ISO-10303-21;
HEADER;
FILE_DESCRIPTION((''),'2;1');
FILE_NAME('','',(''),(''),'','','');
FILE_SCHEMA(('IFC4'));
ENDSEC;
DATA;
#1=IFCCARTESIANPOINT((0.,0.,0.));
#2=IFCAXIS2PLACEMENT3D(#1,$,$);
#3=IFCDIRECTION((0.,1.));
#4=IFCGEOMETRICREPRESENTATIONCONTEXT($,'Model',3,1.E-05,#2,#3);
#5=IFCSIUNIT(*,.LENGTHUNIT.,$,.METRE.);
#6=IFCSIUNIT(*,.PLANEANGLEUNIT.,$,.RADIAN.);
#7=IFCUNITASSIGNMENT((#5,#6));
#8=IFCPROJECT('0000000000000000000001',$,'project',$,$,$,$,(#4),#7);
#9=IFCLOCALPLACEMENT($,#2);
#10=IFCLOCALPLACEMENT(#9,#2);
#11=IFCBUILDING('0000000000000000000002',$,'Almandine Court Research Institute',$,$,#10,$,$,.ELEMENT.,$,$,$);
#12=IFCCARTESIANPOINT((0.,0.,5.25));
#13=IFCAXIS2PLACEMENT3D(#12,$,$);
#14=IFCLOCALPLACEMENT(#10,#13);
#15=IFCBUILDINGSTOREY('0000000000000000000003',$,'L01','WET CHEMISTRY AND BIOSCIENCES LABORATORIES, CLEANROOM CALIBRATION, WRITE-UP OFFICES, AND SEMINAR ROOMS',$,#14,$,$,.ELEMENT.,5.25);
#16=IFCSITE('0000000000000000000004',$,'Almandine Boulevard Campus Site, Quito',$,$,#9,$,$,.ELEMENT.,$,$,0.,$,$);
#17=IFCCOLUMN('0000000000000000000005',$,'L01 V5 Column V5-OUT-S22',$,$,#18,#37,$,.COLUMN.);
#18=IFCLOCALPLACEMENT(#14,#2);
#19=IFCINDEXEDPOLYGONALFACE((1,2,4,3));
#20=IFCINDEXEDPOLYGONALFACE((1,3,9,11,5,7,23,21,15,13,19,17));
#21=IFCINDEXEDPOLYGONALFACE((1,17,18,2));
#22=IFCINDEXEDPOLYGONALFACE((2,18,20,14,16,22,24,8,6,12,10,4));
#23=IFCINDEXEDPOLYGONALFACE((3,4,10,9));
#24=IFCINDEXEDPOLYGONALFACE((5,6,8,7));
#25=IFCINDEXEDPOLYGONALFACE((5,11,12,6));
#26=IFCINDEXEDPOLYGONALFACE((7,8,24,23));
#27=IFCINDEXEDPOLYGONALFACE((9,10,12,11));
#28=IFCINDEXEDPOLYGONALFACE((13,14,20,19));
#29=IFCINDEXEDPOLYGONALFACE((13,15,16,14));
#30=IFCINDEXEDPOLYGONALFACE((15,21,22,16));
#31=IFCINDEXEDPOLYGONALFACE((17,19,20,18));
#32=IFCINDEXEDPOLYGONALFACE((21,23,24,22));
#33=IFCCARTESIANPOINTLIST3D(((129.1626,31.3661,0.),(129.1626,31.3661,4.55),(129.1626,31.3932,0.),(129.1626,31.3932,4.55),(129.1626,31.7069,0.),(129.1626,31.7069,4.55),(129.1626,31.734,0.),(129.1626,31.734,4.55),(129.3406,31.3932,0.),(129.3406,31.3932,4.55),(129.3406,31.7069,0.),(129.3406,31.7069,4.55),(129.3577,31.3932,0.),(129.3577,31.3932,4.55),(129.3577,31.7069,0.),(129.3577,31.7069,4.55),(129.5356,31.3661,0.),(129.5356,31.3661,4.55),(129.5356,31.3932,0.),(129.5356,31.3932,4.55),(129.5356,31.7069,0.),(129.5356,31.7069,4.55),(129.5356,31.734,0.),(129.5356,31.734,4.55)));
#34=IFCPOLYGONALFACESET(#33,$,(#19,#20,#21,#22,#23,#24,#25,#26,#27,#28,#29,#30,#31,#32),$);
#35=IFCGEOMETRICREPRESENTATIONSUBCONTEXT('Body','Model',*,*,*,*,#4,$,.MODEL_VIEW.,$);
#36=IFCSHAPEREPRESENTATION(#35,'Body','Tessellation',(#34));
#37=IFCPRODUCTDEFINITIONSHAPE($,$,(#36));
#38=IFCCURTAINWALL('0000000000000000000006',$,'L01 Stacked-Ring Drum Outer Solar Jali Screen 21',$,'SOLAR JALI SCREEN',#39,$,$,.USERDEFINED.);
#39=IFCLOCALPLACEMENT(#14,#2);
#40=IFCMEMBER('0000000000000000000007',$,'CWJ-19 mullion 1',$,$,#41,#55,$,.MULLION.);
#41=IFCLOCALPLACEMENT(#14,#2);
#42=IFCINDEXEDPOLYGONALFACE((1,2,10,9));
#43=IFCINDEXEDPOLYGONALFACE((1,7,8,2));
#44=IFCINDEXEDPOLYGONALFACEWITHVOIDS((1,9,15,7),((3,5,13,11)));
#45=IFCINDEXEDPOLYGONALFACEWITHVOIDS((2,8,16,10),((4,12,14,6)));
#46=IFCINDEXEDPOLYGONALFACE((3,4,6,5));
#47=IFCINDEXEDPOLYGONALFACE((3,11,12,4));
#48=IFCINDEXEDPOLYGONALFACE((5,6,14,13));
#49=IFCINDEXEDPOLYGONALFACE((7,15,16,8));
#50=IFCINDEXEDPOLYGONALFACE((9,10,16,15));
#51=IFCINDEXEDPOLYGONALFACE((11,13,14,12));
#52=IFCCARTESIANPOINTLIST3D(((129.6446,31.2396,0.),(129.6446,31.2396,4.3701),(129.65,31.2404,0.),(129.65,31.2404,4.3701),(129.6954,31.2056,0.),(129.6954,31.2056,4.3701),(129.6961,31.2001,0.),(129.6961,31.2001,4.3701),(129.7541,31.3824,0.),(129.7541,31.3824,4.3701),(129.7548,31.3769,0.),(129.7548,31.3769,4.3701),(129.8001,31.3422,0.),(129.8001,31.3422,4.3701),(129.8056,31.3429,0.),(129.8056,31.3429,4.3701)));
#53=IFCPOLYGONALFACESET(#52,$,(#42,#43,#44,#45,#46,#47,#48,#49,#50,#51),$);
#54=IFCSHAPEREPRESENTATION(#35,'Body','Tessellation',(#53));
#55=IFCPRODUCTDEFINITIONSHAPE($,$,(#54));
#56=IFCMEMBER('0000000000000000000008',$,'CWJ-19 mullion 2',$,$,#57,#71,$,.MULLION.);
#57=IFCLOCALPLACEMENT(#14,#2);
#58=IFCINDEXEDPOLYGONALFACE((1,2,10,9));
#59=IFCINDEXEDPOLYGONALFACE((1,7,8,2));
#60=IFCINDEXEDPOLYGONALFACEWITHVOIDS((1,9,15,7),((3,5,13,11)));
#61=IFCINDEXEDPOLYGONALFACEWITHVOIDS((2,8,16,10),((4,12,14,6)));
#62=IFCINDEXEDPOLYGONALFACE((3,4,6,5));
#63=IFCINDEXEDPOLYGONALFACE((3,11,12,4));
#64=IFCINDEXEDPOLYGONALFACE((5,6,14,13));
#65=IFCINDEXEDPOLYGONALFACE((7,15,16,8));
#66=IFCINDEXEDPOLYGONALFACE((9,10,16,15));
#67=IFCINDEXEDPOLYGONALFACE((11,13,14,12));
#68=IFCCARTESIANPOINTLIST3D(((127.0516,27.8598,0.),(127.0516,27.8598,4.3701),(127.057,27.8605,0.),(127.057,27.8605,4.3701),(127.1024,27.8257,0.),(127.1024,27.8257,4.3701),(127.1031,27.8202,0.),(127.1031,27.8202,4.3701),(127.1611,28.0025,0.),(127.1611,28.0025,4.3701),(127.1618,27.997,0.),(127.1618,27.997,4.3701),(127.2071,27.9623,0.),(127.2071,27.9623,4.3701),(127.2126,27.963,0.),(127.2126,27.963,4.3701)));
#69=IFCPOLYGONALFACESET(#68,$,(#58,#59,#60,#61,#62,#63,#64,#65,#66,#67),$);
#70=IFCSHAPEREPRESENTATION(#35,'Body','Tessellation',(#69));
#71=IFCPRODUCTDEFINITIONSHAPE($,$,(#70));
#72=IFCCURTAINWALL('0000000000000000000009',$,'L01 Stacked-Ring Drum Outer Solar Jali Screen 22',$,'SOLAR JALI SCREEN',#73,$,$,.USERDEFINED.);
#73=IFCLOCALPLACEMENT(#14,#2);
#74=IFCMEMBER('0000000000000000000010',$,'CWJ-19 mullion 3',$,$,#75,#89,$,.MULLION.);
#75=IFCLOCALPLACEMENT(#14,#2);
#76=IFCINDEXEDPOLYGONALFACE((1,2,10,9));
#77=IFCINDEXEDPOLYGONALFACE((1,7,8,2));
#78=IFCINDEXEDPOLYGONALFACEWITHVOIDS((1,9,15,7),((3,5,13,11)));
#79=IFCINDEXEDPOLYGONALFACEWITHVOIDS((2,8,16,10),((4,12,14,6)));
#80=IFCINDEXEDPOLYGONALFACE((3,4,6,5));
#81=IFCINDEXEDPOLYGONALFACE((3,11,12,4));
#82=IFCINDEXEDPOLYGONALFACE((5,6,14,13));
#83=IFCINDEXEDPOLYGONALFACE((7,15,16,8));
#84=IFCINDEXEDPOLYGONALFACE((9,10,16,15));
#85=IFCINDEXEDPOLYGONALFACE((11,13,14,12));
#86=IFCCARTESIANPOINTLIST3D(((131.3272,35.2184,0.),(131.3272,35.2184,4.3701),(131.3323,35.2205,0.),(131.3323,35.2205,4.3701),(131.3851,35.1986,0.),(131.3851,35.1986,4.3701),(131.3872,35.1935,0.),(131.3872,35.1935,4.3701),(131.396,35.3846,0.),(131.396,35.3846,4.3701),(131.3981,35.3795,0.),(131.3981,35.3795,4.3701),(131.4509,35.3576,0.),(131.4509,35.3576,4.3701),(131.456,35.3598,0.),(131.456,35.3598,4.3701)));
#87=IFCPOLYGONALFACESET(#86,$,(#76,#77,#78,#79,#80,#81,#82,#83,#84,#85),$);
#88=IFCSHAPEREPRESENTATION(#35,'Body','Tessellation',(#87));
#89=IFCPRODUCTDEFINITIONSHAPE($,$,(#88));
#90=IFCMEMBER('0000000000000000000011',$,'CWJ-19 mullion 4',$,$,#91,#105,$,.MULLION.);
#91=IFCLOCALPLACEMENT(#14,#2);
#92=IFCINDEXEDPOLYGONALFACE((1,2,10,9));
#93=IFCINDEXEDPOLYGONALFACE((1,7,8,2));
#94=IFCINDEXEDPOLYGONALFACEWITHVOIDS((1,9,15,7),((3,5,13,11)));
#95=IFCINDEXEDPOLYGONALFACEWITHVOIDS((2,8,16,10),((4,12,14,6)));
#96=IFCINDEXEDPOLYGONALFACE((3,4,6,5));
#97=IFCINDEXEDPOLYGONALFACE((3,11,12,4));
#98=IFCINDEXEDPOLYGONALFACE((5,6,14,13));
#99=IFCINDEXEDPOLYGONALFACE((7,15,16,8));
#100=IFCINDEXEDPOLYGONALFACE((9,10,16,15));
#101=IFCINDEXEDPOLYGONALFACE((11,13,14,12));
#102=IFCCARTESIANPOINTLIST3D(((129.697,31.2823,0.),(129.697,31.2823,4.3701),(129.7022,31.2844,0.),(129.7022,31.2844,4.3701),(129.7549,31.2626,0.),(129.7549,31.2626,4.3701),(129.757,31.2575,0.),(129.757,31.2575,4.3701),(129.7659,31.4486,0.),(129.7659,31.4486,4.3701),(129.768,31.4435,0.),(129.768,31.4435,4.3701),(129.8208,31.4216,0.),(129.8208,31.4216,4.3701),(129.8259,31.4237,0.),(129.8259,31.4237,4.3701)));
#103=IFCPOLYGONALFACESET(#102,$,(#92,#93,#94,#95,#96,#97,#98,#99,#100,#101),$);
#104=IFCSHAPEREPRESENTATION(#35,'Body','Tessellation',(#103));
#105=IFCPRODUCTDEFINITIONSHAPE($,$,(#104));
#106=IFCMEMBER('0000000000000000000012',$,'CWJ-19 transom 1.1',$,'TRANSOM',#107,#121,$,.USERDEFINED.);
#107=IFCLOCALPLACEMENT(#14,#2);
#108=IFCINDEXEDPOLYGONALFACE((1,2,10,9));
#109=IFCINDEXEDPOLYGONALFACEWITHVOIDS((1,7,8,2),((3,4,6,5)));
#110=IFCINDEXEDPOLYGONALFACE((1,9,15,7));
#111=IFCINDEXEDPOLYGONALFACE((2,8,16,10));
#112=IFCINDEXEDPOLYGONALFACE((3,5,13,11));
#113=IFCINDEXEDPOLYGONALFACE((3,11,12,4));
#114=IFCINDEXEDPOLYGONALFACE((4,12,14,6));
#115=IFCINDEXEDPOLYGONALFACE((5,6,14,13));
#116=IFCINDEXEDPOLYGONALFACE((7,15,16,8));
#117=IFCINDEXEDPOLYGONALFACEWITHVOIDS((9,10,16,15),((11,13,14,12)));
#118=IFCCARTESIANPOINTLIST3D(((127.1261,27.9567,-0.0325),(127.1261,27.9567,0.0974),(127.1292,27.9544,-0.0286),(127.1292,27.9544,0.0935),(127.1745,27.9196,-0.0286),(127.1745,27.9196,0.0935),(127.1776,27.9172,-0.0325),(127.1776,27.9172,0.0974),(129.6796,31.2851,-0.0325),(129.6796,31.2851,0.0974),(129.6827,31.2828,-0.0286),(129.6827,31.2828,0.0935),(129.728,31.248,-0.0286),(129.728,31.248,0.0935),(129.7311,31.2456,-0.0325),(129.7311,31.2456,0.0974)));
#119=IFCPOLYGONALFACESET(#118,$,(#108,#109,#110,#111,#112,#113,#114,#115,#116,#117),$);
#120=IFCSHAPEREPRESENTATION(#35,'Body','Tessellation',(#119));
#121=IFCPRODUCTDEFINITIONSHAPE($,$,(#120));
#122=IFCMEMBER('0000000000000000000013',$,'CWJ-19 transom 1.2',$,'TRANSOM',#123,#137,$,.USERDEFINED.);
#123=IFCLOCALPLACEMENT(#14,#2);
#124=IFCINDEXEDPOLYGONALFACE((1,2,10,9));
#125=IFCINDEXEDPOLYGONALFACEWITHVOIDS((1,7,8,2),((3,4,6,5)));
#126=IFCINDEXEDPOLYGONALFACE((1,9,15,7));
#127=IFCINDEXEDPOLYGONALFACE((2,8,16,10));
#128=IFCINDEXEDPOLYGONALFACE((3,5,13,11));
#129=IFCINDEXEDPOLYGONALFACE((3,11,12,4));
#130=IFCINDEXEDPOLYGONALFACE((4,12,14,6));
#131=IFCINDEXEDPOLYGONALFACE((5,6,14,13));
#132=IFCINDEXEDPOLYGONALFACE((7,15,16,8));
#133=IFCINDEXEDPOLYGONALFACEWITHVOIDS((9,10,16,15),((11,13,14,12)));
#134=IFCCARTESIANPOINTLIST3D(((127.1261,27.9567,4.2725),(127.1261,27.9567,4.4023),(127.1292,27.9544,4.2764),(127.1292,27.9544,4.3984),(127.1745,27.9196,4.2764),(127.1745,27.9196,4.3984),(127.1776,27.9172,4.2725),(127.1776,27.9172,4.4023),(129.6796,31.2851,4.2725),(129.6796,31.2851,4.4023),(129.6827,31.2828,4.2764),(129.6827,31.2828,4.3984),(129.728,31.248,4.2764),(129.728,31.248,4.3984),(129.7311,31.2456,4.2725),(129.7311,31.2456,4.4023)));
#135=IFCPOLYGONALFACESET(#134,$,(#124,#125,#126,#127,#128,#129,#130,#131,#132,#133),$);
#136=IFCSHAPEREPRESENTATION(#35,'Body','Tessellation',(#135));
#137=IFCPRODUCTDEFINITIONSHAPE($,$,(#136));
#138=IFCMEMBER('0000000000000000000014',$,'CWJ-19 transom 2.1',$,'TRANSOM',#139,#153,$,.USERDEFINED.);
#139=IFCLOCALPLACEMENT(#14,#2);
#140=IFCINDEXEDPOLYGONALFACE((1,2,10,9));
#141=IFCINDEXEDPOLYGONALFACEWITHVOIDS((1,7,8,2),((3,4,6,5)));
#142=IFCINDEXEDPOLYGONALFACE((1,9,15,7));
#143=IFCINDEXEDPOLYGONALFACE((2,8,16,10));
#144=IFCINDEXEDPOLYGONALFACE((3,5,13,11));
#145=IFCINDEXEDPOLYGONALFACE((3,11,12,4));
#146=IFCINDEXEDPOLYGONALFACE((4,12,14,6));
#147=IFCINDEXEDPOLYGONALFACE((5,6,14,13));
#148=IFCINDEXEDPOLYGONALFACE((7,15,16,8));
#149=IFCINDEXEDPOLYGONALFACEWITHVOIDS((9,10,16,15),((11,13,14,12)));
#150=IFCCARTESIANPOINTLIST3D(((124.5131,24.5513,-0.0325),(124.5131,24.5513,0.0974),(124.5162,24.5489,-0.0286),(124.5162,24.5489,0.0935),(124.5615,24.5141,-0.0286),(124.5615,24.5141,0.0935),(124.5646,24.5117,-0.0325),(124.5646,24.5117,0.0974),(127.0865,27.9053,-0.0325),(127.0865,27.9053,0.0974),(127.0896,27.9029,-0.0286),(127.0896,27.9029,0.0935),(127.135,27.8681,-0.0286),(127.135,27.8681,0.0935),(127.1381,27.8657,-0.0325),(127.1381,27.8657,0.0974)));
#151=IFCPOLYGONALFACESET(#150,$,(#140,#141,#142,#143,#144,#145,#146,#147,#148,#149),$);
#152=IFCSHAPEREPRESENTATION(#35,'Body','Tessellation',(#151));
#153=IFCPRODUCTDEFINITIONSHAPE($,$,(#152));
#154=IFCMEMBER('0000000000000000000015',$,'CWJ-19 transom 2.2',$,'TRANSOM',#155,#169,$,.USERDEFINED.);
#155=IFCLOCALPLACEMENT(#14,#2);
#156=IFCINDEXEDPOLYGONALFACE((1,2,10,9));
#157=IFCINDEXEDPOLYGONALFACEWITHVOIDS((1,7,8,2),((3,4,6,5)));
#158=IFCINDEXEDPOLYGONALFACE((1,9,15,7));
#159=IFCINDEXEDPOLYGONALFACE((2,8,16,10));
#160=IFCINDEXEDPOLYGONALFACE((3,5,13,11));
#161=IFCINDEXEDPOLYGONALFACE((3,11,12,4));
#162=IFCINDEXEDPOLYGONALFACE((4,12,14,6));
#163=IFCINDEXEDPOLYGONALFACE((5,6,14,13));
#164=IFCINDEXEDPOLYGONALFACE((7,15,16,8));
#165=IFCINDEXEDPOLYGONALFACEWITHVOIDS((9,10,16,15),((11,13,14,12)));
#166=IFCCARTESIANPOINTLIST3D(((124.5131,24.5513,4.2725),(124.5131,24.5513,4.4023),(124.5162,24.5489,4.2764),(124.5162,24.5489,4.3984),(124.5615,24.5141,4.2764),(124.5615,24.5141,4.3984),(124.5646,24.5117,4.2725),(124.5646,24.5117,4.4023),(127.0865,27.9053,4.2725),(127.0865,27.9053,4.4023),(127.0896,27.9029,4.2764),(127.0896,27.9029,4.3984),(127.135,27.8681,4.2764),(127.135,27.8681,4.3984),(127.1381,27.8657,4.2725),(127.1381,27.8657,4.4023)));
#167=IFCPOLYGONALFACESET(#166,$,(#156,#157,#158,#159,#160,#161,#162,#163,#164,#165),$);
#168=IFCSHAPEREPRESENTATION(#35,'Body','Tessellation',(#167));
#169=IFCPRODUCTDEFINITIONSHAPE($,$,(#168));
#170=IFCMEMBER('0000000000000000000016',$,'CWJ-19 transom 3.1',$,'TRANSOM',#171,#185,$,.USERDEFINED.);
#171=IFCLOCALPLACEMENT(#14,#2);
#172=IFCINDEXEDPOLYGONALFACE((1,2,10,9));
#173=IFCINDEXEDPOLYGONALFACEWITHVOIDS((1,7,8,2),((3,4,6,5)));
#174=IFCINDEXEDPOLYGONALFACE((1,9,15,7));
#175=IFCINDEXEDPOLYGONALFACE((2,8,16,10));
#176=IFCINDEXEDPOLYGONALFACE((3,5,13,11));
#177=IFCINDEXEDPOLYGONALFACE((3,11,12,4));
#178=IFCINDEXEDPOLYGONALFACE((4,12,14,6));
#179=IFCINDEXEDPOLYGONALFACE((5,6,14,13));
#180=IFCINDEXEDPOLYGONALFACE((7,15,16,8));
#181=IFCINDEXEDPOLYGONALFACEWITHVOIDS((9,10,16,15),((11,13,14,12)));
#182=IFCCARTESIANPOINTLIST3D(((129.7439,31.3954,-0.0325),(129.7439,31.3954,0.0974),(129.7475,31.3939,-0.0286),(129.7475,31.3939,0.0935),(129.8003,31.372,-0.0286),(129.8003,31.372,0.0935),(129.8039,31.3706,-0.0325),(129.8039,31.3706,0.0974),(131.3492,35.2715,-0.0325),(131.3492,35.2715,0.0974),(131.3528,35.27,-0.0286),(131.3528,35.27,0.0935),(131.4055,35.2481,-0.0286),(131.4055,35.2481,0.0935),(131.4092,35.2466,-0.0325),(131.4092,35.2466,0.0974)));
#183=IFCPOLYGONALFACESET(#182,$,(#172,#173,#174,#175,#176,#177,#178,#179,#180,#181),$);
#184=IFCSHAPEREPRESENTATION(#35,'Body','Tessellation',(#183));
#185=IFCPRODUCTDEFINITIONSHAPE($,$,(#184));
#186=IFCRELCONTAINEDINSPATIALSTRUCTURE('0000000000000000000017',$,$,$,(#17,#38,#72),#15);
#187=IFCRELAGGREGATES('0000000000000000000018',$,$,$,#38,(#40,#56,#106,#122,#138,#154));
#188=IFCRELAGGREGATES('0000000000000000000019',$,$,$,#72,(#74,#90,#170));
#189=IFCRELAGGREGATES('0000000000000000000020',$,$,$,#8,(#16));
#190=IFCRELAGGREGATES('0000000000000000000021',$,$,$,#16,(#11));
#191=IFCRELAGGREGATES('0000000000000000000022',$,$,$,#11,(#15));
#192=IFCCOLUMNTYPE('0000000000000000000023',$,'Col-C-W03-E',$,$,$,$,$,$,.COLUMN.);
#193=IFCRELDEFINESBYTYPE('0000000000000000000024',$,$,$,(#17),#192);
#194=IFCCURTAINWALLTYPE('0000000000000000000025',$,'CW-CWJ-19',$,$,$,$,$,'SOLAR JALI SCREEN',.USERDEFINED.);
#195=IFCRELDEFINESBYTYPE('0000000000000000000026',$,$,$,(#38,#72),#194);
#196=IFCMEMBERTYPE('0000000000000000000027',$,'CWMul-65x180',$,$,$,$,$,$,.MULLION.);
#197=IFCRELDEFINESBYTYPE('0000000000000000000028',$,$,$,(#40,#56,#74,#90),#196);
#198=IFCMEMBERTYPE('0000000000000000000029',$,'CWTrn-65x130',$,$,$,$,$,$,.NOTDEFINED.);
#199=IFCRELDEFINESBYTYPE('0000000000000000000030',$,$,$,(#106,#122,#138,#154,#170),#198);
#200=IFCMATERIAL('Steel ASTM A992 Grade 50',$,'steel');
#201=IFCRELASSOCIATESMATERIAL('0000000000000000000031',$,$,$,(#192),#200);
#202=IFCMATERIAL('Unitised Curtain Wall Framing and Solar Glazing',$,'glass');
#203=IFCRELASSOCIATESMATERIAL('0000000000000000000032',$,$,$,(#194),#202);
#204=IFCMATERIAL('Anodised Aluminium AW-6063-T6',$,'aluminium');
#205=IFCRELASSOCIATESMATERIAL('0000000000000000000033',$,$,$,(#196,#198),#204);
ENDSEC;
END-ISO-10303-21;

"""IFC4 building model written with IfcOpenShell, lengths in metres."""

from ifc_helpers import new_model, si_unit, direction, frame, origin, origin_2d, place, context, subcontext, project, spatial, hollow_rectangle, i_section, extrude, material, material_profile, profile_set, type_object, element, aggregate, save


model = new_model("IFC4")

# Units and contexts
model_context = context("Model", 3, precision=1e-05, world=origin(), true_north=direction((0.0, 1.0)))
body_context = subcontext(model_context, "Body", "Model", "MODEL_VIEW")
ifc_project = project(units=[si_unit("LENGTHUNIT", "METRE"), si_unit("PLANEANGLEUNIT", "RADIAN")], contexts=[model_context])

# Site, building, storey
site_placement = place(None, origin())
site = spatial("IfcSite", under=ifc_project, at=site_placement, Name="Almandine Boulevard Campus Site, Quito", CompositionType="ELEMENT", RefElevation=0.0)
building_placement = place(site_placement, origin())
building = spatial("IfcBuilding", under=site, at=building_placement, Name="Almandine Court Research Institute", CompositionType="ELEMENT")
storey_placement = place(building_placement, frame((0.0, 0.0, 5.25)))
storey = spatial("IfcBuildingStorey", under=building, at=storey_placement, Name="L01", Description="WET CHEMISTRY AND BIOSCIENCES LABORATORIES, CLEANROOM CALIBRATION, WRITE-UP OFFICES, AND SEMINAR ROOMS", CompositionType="ELEMENT", Elevation=5.25)

# Column
ifc_material_1 = material(Name="Steel ASTM A992 Grade 50", Category="steel")
ifc_material_profile_1 = material_profile(ifc_material_1, i_section(OverallWidth=0.373, OverallDepth=0.3679, WebThickness=0.0171, FlangeThickness=0.0271, at=origin_2d()), Name="W360x179")
ifc_profile_set_1 = profile_set([ifc_material_profile_1], Name="Steel ASTM A992 Grade 50")
column_type = type_object("IfcColumnType", Name="Col-C-W03-E", PredefinedType="COLUMN", material=ifc_profile_set_1)
column_placement = place(storey_placement, frame((129.3491, 31.55, 0.0), z_axis=(0.0, 0.0, 1.0), x_axis=(1.0, 0.0, 0.0)))
element("IfcColumn", 1, at=column_placement, inside=storey, type_object=column_type, Name="L01 V5 Column V5-OUT-S22", PredefinedType="COLUMN", context=body_context, shape_type="SweptSolid", body=[
    extrude(i_section(OverallWidth=0.373, OverallDepth=0.3679, WebThickness=0.0171, FlangeThickness=0.0271, at=origin_2d()), origin(), (0.0, 0.0, 1.0), 4.55),
])

# Curtain walls, members
ifc_material_2 = material(Name="Unitised Curtain Wall Framing and Solar Glazing", Category="glass")
curtain_wall_type = type_object("IfcCurtainWallType", Name="CW-CWJ-19", ElementType="SOLAR JALI SCREEN", PredefinedType="USERDEFINED", material=ifc_material_2)
curtain_wall_1_placement = place(storey_placement, origin())
curtain_wall_1 = element("IfcCurtainWall", 2, at=curtain_wall_1_placement, inside=storey, type_object=curtain_wall_type, Name="L01 Stacked-Ring Drum Outer Solar Jali Screen 21", ObjectType="SOLAR JALI SCREEN", PredefinedType="USERDEFINED")
ifc_material_3 = material(Name="Anodised Aluminium AW-6063-T6", Category="aluminium")
ifc_material_profile_2 = material_profile(ifc_material_3, hollow_rectangle(XDim=0.0649, YDim=0.1799, WallThickness=0.0039, at=origin_2d()), Name="ALU RHS 65x180x4")
ifc_profile_set_2 = profile_set([ifc_material_profile_2], Name="Anodised Aluminium AW-6063-T6")
member_type_1 = type_object("IfcMemberType", Name="CWMul-65x180", PredefinedType="MULLION", material=ifc_profile_set_2)
member_1_placement = place(storey_placement, frame((129.7251, 31.2913, 0.0), z_axis=(0.0, 0.0, 1.0), x_axis=(0.793383, -0.608723, 0.0)))
member_1 = element("IfcMember", 3, at=member_1_placement, type_object=member_type_1, Name="CWJ-19 mullion 1", PredefinedType="MULLION", context=body_context, shape_type="SweptSolid", body=[
    extrude(hollow_rectangle(XDim=0.0649, YDim=0.1799, WallThickness=0.0039, at=origin_2d()), origin(), (0.0, 0.0, 1.0), 4.3701),
])
member_2_placement = place(storey_placement, frame((127.1321, 27.9114, 0.0), z_axis=(0.0, 0.0, 1.0), x_axis=(0.793383, -0.608723, 0.0)))
member_2 = element("IfcMember", 4, at=member_2_placement, type_object=member_type_1, Name="CWJ-19 mullion 2", PredefinedType="MULLION", context=body_context, shape_type="SweptSolid", body=[
    extrude(hollow_rectangle(XDim=0.0649, YDim=0.1799, WallThickness=0.0039, at=origin_2d()), origin(), (0.0, 0.0, 1.0), 4.3701),
])
curtain_wall_2_placement = place(storey_placement, origin())
curtain_wall_2 = element("IfcCurtainWall", 5, at=curtain_wall_2_placement, inside=storey, type_object=curtain_wall_type, Name="L01 Stacked-Ring Drum Outer Solar Jali Screen 22", ObjectType="SOLAR JALI SCREEN", PredefinedType="USERDEFINED")
member_3_placement = place(storey_placement, frame((131.3916, 35.2891, 0.0), z_axis=(0.0, 0.0, 1.0), x_axis=(0.923888, -0.382663, 0.0)))
member_3 = element("IfcMember", 6, at=member_3_placement, type_object=member_type_1, Name="CWJ-19 mullion 3", PredefinedType="MULLION", context=body_context, shape_type="SweptSolid", body=[
    extrude(hollow_rectangle(XDim=0.0649, YDim=0.1799, WallThickness=0.0039, at=origin_2d()), origin(), (0.0, 0.0, 1.0), 4.3701),
])
member_4_placement = place(storey_placement, frame((129.7615, 31.353, 0.0), z_axis=(0.0, 0.0, 1.0), x_axis=(0.923888, -0.382663, 0.0)))
member_4 = element("IfcMember", 7, at=member_4_placement, type_object=member_type_1, Name="CWJ-19 mullion 4", PredefinedType="MULLION", context=body_context, shape_type="SweptSolid", body=[
    extrude(hollow_rectangle(XDim=0.0649, YDim=0.1799, WallThickness=0.0039, at=origin_2d()), origin(), (0.0, 0.0, 1.0), 4.3701),
])

# Members
ifc_material_profile_3 = material_profile(ifc_material_3, hollow_rectangle(XDim=0.0649, YDim=0.1299, WallThickness=0.0039, at=origin_2d()), Name="ALU RHS 65x130x4")
ifc_profile_set_3 = profile_set([ifc_material_profile_3], Name="Anodised Aluminium AW-6063-T6")
member_type_2 = type_object("IfcMemberType", Name="CWTrn-65x130", PredefinedType="NOTDEFINED", material=ifc_profile_set_3)
member_5_placement = place(storey_placement, frame((129.7053, 31.2654, 0.0325), z_axis=(-0.608689, -0.793409, 0.0), x_axis=(0.793409, -0.608689, 0.0)))
member_5 = element("IfcMember", 8, at=member_5_placement, type_object=member_type_2, Name="CWJ-19 transom 1.1", ObjectType="TRANSOM", PredefinedType="USERDEFINED", context=body_context, shape_type="SweptSolid", body=[
    extrude(hollow_rectangle(XDim=0.0649, YDim=0.1299, WallThickness=0.0039, at=origin_2d()), origin(), (0.0, 0.0, 1.0), 4.1951),
])
member_6_placement = place(storey_placement, frame((129.7053, 31.2654, 4.3374), z_axis=(-0.608689, -0.793409, 0.0), x_axis=(0.793409, -0.608689, 0.0)))
member_6 = element("IfcMember", 9, at=member_6_placement, type_object=member_type_2, Name="CWJ-19 transom 1.2", ObjectType="TRANSOM", PredefinedType="USERDEFINED", context=body_context, shape_type="SweptSolid", body=[
    extrude(hollow_rectangle(XDim=0.0649, YDim=0.1299, WallThickness=0.0039, at=origin_2d()), origin(), (0.0, 0.0, 1.0), 4.1951),
])
member_7_placement = place(storey_placement, frame((127.1123, 27.8855, 0.0325), z_axis=(-0.608742, -0.793368, 0.0), x_axis=(0.793368, -0.608742, 0.0)))
member_7 = element("IfcMember", 10, at=member_7_placement, type_object=member_type_2, Name="CWJ-19 transom 2.1", ObjectType="TRANSOM", PredefinedType="USERDEFINED", context=body_context, shape_type="SweptSolid", body=[
    extrude(hollow_rectangle(XDim=0.0649, YDim=0.1299, WallThickness=0.0039, at=origin_2d()), origin(), (0.0, 0.0, 1.0), 4.2275),
])
member_8_placement = place(storey_placement, frame((127.1123, 27.8855, 4.3374), z_axis=(-0.608742, -0.793368, 0.0), x_axis=(0.793368, -0.608742, 0.0)))
member_8 = element("IfcMember", 11, at=member_8_placement, type_object=member_type_2, Name="CWJ-19 transom 2.2", ObjectType="TRANSOM", PredefinedType="USERDEFINED", context=body_context, shape_type="SweptSolid", body=[
    extrude(hollow_rectangle(XDim=0.0649, YDim=0.1299, WallThickness=0.0039, at=origin_2d()), origin(), (0.0, 0.0, 1.0), 4.2275),
])
member_9_placement = place(storey_placement, frame((131.3792, 35.259, 0.0325), z_axis=(-0.382631, -0.923901, 0.0), x_axis=(0.923901, -0.382631, 0.0)))
member_9 = element("IfcMember", 12, at=member_9_placement, type_object=member_type_2, Name="CWJ-19 transom 3.1", ObjectType="TRANSOM", PredefinedType="USERDEFINED", context=body_context, shape_type="SweptSolid", body=[
    extrude(hollow_rectangle(XDim=0.0649, YDim=0.1299, WallThickness=0.0039, at=origin_2d()), origin(), (0.0, 0.0, 1.0), 4.1953),
])

aggregate(curtain_wall_1, [member_1, member_2, member_5, member_6, member_7, member_8])
aggregate(curtain_wall_2, [member_3, member_4, member_9])

save(model, "model.ifc")
